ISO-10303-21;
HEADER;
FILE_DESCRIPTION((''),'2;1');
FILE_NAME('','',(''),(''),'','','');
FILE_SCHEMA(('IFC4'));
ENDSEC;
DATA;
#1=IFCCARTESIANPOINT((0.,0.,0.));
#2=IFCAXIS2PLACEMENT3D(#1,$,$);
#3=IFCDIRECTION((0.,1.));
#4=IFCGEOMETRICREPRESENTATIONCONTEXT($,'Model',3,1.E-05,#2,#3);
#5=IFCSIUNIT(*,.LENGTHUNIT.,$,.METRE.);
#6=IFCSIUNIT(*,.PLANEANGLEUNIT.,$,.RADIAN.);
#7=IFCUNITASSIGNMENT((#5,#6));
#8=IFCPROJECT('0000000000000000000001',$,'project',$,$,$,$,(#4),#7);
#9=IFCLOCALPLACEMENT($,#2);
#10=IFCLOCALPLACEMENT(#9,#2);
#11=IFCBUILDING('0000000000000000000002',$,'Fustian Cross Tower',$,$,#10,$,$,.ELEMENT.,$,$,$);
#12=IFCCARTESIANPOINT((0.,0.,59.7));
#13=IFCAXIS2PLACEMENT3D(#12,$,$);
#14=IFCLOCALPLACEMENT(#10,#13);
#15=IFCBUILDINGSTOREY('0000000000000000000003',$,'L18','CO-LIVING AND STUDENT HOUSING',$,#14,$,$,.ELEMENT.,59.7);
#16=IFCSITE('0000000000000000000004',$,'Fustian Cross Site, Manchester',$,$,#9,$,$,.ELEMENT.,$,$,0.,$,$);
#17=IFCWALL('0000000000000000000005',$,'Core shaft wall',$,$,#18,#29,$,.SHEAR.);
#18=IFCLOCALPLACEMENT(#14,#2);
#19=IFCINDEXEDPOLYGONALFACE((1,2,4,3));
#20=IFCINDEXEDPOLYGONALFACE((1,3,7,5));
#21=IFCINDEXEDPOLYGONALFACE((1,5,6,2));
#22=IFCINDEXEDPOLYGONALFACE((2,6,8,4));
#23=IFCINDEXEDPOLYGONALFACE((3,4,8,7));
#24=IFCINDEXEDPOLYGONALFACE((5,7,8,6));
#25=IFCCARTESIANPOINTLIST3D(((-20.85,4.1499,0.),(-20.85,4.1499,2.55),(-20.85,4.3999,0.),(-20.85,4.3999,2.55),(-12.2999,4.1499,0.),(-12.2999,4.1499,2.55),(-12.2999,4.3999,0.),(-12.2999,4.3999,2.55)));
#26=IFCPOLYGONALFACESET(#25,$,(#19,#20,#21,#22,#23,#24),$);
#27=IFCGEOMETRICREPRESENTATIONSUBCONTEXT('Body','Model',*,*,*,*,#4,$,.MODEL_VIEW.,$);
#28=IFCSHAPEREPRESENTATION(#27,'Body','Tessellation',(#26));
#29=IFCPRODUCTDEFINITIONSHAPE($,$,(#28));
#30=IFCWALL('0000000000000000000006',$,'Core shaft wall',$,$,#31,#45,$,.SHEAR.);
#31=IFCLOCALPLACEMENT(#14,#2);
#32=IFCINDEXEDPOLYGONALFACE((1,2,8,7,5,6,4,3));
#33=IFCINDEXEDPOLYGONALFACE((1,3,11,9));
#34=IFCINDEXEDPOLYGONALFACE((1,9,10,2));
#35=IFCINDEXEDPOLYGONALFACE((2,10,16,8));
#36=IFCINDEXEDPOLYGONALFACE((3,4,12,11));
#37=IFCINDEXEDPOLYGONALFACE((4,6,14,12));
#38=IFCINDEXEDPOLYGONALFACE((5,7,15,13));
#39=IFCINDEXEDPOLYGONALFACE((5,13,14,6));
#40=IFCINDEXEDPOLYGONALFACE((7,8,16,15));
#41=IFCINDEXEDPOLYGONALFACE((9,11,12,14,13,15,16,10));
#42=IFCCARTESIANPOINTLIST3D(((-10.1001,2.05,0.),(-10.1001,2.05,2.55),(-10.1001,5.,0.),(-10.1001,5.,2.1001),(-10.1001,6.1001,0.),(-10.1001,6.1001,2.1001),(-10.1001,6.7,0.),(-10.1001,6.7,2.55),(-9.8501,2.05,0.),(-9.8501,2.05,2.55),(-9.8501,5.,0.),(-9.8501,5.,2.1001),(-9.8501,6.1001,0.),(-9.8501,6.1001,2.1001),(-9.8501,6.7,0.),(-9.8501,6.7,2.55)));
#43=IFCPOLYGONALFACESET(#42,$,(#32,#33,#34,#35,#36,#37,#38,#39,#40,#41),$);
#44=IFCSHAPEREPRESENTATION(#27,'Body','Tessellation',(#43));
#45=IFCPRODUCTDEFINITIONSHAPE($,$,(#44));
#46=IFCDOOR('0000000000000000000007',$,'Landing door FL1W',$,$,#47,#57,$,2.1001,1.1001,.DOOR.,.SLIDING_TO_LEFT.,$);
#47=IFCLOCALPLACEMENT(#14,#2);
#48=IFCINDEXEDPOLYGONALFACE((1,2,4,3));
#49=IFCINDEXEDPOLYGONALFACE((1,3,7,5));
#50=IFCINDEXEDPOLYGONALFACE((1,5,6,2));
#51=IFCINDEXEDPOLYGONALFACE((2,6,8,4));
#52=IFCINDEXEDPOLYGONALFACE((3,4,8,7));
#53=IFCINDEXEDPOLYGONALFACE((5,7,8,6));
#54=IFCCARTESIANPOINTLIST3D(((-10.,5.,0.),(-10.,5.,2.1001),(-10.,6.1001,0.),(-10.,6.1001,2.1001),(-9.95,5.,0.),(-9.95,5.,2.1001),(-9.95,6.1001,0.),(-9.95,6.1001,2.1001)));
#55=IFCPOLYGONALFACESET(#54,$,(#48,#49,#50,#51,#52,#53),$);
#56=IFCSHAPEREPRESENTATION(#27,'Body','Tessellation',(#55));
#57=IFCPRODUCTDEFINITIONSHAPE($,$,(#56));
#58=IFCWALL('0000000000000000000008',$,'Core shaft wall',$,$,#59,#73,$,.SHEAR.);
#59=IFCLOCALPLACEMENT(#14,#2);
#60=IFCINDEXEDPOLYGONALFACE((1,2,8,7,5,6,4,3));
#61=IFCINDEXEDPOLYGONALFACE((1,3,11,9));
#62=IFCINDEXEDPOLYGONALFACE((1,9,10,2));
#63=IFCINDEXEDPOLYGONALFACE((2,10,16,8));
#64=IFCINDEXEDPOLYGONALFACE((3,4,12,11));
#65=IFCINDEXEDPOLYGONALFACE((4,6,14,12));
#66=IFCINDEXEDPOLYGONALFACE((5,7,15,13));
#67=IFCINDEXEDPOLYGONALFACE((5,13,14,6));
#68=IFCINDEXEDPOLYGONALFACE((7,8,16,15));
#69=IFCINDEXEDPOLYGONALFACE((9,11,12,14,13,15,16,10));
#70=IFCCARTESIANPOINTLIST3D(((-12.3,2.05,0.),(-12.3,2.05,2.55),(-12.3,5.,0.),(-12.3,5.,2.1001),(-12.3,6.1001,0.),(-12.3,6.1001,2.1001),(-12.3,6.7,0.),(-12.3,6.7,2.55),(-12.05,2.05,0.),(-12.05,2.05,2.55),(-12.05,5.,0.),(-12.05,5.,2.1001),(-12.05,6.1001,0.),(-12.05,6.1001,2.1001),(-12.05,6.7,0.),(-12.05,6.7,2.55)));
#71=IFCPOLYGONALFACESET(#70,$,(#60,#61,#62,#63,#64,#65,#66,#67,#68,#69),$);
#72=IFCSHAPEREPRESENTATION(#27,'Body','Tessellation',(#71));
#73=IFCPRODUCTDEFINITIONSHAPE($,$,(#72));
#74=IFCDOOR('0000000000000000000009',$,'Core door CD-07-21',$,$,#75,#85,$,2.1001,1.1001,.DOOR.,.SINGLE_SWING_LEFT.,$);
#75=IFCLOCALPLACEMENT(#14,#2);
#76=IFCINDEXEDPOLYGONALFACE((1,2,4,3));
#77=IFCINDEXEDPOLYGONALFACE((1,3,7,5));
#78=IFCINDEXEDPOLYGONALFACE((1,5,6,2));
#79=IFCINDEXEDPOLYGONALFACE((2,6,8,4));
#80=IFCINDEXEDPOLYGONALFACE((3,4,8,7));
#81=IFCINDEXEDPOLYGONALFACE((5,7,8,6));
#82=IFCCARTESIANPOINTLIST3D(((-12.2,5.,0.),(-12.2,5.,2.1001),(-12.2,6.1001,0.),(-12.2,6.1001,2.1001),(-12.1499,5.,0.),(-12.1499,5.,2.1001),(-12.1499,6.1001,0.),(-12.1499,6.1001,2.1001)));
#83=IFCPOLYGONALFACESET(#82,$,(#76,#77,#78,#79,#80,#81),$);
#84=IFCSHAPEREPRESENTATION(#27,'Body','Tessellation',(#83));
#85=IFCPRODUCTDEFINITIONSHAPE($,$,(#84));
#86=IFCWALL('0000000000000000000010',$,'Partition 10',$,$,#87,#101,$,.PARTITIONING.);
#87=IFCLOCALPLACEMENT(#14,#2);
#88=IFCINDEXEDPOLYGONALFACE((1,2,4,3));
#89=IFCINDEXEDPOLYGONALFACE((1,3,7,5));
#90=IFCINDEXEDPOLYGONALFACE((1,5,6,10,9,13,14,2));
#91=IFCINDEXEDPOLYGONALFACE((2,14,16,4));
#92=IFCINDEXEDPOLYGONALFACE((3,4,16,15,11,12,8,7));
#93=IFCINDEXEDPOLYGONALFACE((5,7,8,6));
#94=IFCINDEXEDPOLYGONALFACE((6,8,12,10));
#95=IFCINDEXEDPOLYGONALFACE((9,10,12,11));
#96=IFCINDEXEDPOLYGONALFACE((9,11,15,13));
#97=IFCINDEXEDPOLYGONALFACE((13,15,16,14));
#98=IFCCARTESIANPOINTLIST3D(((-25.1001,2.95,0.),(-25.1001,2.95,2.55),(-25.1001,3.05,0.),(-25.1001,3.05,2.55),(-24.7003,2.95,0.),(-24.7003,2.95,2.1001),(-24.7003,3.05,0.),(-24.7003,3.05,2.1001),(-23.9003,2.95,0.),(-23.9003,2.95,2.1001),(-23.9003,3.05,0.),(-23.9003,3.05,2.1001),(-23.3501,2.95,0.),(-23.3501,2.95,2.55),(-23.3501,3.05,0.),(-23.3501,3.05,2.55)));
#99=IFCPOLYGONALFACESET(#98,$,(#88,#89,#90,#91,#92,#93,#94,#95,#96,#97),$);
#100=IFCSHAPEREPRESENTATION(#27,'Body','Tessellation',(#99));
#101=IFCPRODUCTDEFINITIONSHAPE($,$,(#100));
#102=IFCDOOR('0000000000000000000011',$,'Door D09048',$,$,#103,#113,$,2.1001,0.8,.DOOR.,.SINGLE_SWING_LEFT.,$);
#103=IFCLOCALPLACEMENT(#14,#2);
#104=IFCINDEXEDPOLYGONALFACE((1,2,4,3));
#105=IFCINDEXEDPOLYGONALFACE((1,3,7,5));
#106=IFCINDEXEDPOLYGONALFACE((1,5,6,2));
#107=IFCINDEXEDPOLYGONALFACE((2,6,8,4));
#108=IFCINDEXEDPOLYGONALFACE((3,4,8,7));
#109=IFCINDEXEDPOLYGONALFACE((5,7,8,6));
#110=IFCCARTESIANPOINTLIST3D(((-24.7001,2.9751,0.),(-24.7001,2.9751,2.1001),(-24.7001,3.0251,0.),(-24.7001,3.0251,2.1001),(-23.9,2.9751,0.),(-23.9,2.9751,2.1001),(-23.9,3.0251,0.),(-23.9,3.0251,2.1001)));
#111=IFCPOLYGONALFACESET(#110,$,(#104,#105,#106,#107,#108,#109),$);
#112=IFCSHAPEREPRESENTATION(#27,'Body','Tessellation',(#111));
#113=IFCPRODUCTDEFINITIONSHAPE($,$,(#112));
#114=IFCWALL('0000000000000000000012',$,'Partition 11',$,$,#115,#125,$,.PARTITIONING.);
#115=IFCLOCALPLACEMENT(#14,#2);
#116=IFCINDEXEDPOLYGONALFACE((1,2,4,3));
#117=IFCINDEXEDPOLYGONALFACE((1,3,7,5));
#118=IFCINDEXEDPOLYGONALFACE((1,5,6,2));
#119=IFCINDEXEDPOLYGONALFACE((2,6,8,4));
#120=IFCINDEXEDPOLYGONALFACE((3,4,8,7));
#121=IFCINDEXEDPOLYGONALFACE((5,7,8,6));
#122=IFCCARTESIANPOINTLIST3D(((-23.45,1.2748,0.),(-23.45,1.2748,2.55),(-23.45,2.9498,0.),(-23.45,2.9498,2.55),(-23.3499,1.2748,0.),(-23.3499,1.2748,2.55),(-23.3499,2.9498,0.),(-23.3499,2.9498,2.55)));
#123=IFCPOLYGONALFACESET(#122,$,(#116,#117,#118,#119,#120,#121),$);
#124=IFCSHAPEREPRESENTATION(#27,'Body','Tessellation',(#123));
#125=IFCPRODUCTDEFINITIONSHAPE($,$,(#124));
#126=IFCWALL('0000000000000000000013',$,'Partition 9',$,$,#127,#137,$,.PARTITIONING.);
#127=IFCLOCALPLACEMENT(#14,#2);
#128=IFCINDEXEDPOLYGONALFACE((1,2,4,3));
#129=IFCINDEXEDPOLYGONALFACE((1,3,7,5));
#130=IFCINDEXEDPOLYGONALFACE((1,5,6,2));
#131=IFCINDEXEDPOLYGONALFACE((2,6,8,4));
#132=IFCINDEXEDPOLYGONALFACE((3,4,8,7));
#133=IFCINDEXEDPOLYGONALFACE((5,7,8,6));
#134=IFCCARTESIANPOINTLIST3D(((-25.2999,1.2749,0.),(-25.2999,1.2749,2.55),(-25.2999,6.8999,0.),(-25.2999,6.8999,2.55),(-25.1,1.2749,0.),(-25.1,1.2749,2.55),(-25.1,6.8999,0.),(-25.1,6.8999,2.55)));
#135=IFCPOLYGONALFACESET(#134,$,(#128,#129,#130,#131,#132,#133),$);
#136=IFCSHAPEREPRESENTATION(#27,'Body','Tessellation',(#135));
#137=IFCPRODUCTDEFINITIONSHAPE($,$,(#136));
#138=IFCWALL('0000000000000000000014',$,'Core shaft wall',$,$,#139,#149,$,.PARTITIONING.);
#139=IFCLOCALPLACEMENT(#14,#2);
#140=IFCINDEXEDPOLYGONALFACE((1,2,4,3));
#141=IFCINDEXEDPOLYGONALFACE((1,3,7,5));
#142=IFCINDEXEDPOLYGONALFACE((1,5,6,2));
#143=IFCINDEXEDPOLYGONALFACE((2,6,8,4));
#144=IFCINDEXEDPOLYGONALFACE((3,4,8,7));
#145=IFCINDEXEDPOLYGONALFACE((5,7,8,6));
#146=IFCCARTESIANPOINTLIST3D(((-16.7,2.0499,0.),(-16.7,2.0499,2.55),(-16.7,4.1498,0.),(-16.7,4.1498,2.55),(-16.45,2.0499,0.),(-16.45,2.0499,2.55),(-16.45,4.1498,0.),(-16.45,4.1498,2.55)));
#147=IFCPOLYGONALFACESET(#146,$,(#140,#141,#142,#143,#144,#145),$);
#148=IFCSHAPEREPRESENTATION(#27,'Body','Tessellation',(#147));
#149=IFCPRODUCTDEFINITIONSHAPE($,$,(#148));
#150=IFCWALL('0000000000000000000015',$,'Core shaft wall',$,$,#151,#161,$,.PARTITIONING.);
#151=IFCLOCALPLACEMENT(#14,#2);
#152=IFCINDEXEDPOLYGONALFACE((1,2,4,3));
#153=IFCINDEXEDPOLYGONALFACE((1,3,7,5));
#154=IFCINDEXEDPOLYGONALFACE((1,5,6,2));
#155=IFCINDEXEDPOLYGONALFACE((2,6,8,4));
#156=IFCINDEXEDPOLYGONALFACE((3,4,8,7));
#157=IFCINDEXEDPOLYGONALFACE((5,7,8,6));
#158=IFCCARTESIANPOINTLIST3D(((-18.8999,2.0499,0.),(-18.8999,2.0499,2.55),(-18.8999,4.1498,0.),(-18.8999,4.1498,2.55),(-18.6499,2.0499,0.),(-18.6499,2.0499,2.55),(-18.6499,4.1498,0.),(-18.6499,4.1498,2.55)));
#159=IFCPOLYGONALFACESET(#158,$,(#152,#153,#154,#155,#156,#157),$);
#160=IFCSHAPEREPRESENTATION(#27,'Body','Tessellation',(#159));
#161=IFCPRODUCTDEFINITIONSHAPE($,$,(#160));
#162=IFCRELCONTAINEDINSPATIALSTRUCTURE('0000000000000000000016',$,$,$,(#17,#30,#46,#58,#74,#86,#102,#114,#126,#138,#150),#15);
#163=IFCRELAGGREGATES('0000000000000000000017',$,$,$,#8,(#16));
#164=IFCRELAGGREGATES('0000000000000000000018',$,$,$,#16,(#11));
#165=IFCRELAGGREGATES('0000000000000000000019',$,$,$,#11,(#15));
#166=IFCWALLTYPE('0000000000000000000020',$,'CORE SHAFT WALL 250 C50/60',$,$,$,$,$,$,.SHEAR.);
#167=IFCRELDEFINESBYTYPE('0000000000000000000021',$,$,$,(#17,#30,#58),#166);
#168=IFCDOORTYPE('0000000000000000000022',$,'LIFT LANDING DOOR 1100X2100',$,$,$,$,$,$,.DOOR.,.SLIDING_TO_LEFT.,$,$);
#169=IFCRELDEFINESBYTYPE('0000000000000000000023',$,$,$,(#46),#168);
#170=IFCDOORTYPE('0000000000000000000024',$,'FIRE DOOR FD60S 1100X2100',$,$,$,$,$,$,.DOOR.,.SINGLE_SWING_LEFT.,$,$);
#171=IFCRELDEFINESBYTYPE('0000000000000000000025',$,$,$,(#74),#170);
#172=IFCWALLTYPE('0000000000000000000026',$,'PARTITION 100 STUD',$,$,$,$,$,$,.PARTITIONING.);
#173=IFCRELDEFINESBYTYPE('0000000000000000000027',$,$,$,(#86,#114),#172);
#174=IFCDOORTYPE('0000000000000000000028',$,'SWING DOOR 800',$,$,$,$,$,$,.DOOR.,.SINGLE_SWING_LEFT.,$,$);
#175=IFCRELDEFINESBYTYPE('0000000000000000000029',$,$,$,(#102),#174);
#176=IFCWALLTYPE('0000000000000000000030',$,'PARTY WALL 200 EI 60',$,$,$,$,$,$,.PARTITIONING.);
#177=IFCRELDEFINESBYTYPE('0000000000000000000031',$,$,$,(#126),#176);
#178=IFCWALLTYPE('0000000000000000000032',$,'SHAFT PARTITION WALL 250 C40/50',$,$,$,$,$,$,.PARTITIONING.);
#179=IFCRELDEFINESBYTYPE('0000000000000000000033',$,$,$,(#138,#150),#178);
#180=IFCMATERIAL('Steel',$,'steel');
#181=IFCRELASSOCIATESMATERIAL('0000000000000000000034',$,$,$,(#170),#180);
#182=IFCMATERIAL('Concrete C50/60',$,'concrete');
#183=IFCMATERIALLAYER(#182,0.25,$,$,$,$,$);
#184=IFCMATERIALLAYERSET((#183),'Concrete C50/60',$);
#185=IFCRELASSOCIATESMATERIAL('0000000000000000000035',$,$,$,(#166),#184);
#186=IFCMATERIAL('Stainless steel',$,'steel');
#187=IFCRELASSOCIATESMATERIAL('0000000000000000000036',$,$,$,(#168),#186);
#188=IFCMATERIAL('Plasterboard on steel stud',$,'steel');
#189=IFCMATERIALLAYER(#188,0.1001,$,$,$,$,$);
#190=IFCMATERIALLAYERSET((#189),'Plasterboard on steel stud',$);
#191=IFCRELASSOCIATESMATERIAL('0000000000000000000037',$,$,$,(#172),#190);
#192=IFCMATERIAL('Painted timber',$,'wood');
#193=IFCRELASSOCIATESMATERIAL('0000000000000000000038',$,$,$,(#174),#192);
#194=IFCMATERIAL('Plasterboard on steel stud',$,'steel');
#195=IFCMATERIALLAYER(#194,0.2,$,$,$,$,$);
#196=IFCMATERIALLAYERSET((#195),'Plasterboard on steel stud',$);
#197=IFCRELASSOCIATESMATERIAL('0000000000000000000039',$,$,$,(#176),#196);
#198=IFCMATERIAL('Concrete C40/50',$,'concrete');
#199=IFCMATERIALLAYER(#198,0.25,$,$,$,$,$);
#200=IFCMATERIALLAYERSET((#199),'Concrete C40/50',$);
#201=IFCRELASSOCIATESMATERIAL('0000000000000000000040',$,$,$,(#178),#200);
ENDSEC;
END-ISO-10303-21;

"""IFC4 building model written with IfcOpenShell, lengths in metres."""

from ifc_helpers import new_model, si_unit, direction, frame, frame_2d, origin, place, context, subcontext, project, spatial, rectangle, extrude, material, layer, layer_set, type_object, element, fill, save


model = new_model("IFC4")

# Units and contexts
model_context = context("Model", 3, precision=1e-05, world=origin(), true_north=direction((0.0, 1.0)))
body_context = subcontext(model_context, "Body", "Model", "MODEL_VIEW")
ifc_project = project(units=[si_unit("LENGTHUNIT", "METRE"), si_unit("PLANEANGLEUNIT", "RADIAN")], contexts=[model_context])

# Site, building, storey
site_placement = place(None, origin())
site = spatial("IfcSite", under=ifc_project, at=site_placement, Name="Fustian Cross Site, Manchester", CompositionType="ELEMENT", RefElevation=0.0)
building_placement = place(site_placement, origin())
building = spatial("IfcBuilding", under=site, at=building_placement, Name="Fustian Cross Tower", CompositionType="ELEMENT")
storey_placement = place(building_placement, frame((0.0, 0.0, 59.7)))
storey = spatial("IfcBuildingStorey", under=building, at=storey_placement, Name="L18", Description="CO-LIVING AND STUDENT HOUSING", CompositionType="ELEMENT", Elevation=59.7)

# Shared definitions
ifc_material_1 = material(Name="Steel", Category="steel")
door_type_1 = type_object("IfcDoorType", Name="FIRE DOOR FD60S 1100X2100", OperationType="SINGLE_SWING_LEFT", PredefinedType="DOOR", material=ifc_material_1)

# Wall
ifc_material_2 = material(Name="Concrete C50/60", Category="concrete")
ifc_layer_1 = layer(ifc_material_2, 0.25)
ifc_layer_set_1 = layer_set([ifc_layer_1], Name="Concrete C50/60")
wall_type_1 = type_object("IfcWallType", Name="CORE SHAFT WALL 250 C50/60", PredefinedType="SHEAR", material=ifc_layer_set_1)
wall_1_placement = place(storey_placement, frame((-12.3, 4.2749, 0.0), z_axis=(0.0, 0.0, 1.0), x_axis=(-1.0, 0.0, 0.0)))
element("IfcWall", 1, at=wall_1_placement, inside=storey, type_object=wall_type_1, Name="Core shaft wall", PredefinedType="SHEAR", context=body_context, shape_type="SweptSolid", body=[
    extrude(rectangle(XDim=8.55, YDim=0.25, at=frame_2d((4.2749, 0.0))), origin(), (0.0, 0.0, 1.0), 2.55),
])

# Walls, openings, doors
wall_2_placement = place(storey_placement, frame((-9.9751, 2.05, 0.0), z_axis=(0.0, 0.0, 1.0), x_axis=(0.0, 1.0, 0.0)))
wall_2 = element("IfcWall", 2, at=wall_2_placement, inside=storey, type_object=wall_type_1, Name="Core shaft wall", PredefinedType="SHEAR", context=body_context, shape_type="SweptSolid", body=[
    extrude(rectangle(XDim=4.6499, YDim=0.25, at=frame_2d((2.325, 0.0))), origin(), (0.0, 0.0, 1.0), 2.55),
])
opening_1_placement = place(wall_2_placement, frame((2.95, 0.0, 0.0)))
opening_1 = element("IfcOpeningElement", 3, at=opening_1_placement, cuts=wall_2, PredefinedType="OPENING", context=body_context, shape_type="SweptSolid", body=[
    extrude(rectangle(XDim=1.1001, YDim=2.1001, at=frame_2d((0.55, 1.05))), frame((0.0, 0.135, 0.0), z_axis=(0.0, -1.0, 0.0), x_axis=(1.0, 0.0, 0.0)), (0.0, 0.0, 1.0), 0.27),
])
ifc_material_3 = material(Name="Stainless steel", Category="steel")
door_type_2 = type_object("IfcDoorType", Name="LIFT LANDING DOOR 1100X2100", OperationType="SLIDING_TO_LEFT", PredefinedType="DOOR", material=ifc_material_3)
door_1_placement = place(opening_1_placement, origin())
door_1 = element("IfcDoor", 4, at=door_1_placement, inside=storey, type_object=door_type_2, Name="Landing door FL1W", OperationType="SLIDING_TO_LEFT", OverallHeight=2.1001, OverallWidth=1.1001, PredefinedType="DOOR", context=body_context, shape_type="SweptSolid", body=[
    extrude(rectangle(XDim=1.1001, YDim=2.1001, at=frame_2d((0.55, 1.05))), frame((0.0, 0.0249, 0.0), z_axis=(0.0, -1.0, 0.0), x_axis=(1.0, 0.0, 0.0)), (0.0, 0.0, 1.0), 0.05),
])
fill(opening_1, door_1)
wall_3_placement = place(storey_placement, frame((-12.175, 2.05, 0.0), z_axis=(0.0, 0.0, 1.0), x_axis=(0.0, 1.0, 0.0)))
wall_3 = element("IfcWall", 5, at=wall_3_placement, inside=storey, type_object=wall_type_1, Name="Core shaft wall", PredefinedType="SHEAR", context=body_context, shape_type="SweptSolid", body=[
    extrude(rectangle(XDim=4.6499, YDim=0.25, at=frame_2d((2.325, 0.0))), origin(), (0.0, 0.0, 1.0), 2.55),
])
opening_2_placement = place(wall_3_placement, frame((2.95, 0.0, 0.0)))
opening_2 = element("IfcOpeningElement", 6, at=opening_2_placement, cuts=wall_3, PredefinedType="OPENING", context=body_context, shape_type="SweptSolid", body=[
    extrude(rectangle(XDim=1.1001, YDim=2.1001, at=frame_2d((0.55, 1.05))), frame((0.0, 0.135, 0.0), z_axis=(0.0, -1.0, 0.0), x_axis=(1.0, 0.0, 0.0)), (0.0, 0.0, 1.0), 0.27),
])
door_2_placement = place(opening_2_placement, origin())
door_2 = element("IfcDoor", 7, at=door_2_placement, inside=storey, type_object=door_type_1, Name="Core door CD-07-21", OperationType="SINGLE_SWING_LEFT", OverallHeight=2.1001, OverallWidth=1.1001, PredefinedType="DOOR", context=body_context, shape_type="SweptSolid", body=[
    extrude(rectangle(XDim=1.1001, YDim=2.1001, at=frame_2d((0.55, 1.05))), frame((0.0, 0.0249, 0.0), z_axis=(0.0, -1.0, 0.0), x_axis=(1.0, 0.0, 0.0)), (0.0, 0.0, 1.0), 0.05),
])
fill(opening_2, door_2)
ifc_material_4 = material(Name="Plasterboard on steel stud", Category="steel")
ifc_layer_2 = layer(ifc_material_4, 0.1001)
ifc_layer_set_2 = layer_set([ifc_layer_2], Name="Plasterboard on steel stud")
wall_type_2 = type_object("IfcWallType", Name="PARTITION 100 STUD", PredefinedType="PARTITIONING", material=ifc_layer_set_2)
wall_4_placement = place(storey_placement, frame((-25.1001, 3.0, 0.0), z_axis=(0.0, 0.0, 1.0), x_axis=(1.0, 0.0, 0.0)))
wall_4 = element("IfcWall", 8, at=wall_4_placement, inside=storey, type_object=wall_type_2, Name="Partition 10", PredefinedType="PARTITIONING", context=body_context, shape_type="SweptSolid", body=[
    extrude(rectangle(XDim=1.75, YDim=0.1001, at=frame_2d((0.875, 0.0))), origin(), (0.0, 0.0, 1.0), 2.55),
])
opening_3_placement = place(wall_4_placement, frame((0.3999, 0.0, 0.0)))
opening_3 = element("IfcOpeningElement", 9, at=opening_3_placement, cuts=wall_4, PredefinedType="OPENING", context=body_context, shape_type="SweptSolid", body=[
    extrude(rectangle(XDim=0.8, YDim=2.1001, at=frame_2d((0.3999, 1.05))), frame((0.0, 0.0601, 0.0), z_axis=(0.0, -1.0, 0.0), x_axis=(1.0, 0.0, 0.0)), (0.0, 0.0, 1.0), 0.1201),
])
ifc_material_5 = material(Name="Painted timber", Category="wood")
door_type_3 = type_object("IfcDoorType", Name="SWING DOOR 800", OperationType="SINGLE_SWING_LEFT", PredefinedType="DOOR", material=ifc_material_5)
door_3_placement = place(opening_3_placement, frame((0.8, 0.0, 0.0), z_axis=(0.0, 0.0, 1.0), x_axis=(-1.0, 0.0, 0.0)))
door_3 = element("IfcDoor", 10, at=door_3_placement, inside=storey, type_object=door_type_3, Name="Door D09048", OperationType="SINGLE_SWING_LEFT", OverallHeight=2.1001, OverallWidth=0.8, PredefinedType="DOOR", context=body_context, shape_type="SweptSolid", body=[
    extrude(rectangle(XDim=0.8, YDim=2.1001, at=frame_2d((0.3999, 1.05))), frame((0.0, 0.0249, 0.0), z_axis=(0.0, -1.0, 0.0), x_axis=(1.0, 0.0, 0.0)), (0.0, 0.0, 1.0), 0.05),
])
fill(opening_3, door_3)

# Walls
wall_5_placement = place(storey_placement, frame((-23.3999, 1.2749, 0.0), z_axis=(0.0, 0.0, 1.0), x_axis=(0.0, 1.0, 0.0)))
element("IfcWall", 11, at=wall_5_placement, inside=storey, type_object=wall_type_2, Name="Partition 11", PredefinedType="PARTITIONING", context=body_context, shape_type="SweptSolid", body=[
    extrude(rectangle(XDim=1.675, YDim=0.1001, at=frame_2d((0.8374, 0.0))), origin(), (0.0, 0.0, 1.0), 2.55),
])
ifc_material_6 = material(Name="Plasterboard on steel stud", Category="steel")
ifc_layer_3 = layer(ifc_material_6, 0.2)
ifc_layer_set_3 = layer_set([ifc_layer_3], Name="Plasterboard on steel stud")
wall_type_3 = type_object("IfcWallType", Name="PARTY WALL 200 EI 60", PredefinedType="PARTITIONING", material=ifc_layer_set_3)
wall_6_placement = place(storey_placement, frame((-25.2, 1.2749, 0.0), z_axis=(0.0, 0.0, 1.0), x_axis=(0.0, 1.0, 0.0)))
element("IfcWall", 12, at=wall_6_placement, inside=storey, type_object=wall_type_3, Name="Partition 9", PredefinedType="PARTITIONING", context=body_context, shape_type="SweptSolid", body=[
    extrude(rectangle(XDim=5.625, YDim=0.2, at=frame_2d((2.8125, 0.0))), origin(), (0.0, 0.0, 1.0), 2.55),
])
ifc_material_7 = material(Name="Concrete C40/50", Category="concrete")
ifc_layer_4 = layer(ifc_material_7, 0.25)
ifc_layer_set_4 = layer_set([ifc_layer_4], Name="Concrete C40/50")
wall_type_4 = type_object("IfcWallType", Name="SHAFT PARTITION WALL 250 C40/50", PredefinedType="PARTITIONING", material=ifc_layer_set_4)
for number, where, z_axis, x_axis, name in (
    (13, (-16.575, 2.05, 0.0), (0.0, 0.0, 1.0), (0.0, 1.0, 0.0), "Core shaft wall"),
    (14, (-18.7749, 2.05, 0.0), (0.0, 0.0, 1.0), (0.0, 1.0, 0.0), "Core shaft wall"),
):
    element("IfcWall", number, at=place(storey_placement, frame(where, z_axis=z_axis, x_axis=x_axis)), inside=storey, type_object=wall_type_4, Name=name, PredefinedType="PARTITIONING", context=body_context, shape_type="SweptSolid", body=[
        extrude(rectangle(XDim=2.0999, YDim=0.25, at=frame_2d((1.0498, 0.0))), origin(), (0.0, 0.0, 1.0), 2.55),
    ])

save(model, "model.ifc")
